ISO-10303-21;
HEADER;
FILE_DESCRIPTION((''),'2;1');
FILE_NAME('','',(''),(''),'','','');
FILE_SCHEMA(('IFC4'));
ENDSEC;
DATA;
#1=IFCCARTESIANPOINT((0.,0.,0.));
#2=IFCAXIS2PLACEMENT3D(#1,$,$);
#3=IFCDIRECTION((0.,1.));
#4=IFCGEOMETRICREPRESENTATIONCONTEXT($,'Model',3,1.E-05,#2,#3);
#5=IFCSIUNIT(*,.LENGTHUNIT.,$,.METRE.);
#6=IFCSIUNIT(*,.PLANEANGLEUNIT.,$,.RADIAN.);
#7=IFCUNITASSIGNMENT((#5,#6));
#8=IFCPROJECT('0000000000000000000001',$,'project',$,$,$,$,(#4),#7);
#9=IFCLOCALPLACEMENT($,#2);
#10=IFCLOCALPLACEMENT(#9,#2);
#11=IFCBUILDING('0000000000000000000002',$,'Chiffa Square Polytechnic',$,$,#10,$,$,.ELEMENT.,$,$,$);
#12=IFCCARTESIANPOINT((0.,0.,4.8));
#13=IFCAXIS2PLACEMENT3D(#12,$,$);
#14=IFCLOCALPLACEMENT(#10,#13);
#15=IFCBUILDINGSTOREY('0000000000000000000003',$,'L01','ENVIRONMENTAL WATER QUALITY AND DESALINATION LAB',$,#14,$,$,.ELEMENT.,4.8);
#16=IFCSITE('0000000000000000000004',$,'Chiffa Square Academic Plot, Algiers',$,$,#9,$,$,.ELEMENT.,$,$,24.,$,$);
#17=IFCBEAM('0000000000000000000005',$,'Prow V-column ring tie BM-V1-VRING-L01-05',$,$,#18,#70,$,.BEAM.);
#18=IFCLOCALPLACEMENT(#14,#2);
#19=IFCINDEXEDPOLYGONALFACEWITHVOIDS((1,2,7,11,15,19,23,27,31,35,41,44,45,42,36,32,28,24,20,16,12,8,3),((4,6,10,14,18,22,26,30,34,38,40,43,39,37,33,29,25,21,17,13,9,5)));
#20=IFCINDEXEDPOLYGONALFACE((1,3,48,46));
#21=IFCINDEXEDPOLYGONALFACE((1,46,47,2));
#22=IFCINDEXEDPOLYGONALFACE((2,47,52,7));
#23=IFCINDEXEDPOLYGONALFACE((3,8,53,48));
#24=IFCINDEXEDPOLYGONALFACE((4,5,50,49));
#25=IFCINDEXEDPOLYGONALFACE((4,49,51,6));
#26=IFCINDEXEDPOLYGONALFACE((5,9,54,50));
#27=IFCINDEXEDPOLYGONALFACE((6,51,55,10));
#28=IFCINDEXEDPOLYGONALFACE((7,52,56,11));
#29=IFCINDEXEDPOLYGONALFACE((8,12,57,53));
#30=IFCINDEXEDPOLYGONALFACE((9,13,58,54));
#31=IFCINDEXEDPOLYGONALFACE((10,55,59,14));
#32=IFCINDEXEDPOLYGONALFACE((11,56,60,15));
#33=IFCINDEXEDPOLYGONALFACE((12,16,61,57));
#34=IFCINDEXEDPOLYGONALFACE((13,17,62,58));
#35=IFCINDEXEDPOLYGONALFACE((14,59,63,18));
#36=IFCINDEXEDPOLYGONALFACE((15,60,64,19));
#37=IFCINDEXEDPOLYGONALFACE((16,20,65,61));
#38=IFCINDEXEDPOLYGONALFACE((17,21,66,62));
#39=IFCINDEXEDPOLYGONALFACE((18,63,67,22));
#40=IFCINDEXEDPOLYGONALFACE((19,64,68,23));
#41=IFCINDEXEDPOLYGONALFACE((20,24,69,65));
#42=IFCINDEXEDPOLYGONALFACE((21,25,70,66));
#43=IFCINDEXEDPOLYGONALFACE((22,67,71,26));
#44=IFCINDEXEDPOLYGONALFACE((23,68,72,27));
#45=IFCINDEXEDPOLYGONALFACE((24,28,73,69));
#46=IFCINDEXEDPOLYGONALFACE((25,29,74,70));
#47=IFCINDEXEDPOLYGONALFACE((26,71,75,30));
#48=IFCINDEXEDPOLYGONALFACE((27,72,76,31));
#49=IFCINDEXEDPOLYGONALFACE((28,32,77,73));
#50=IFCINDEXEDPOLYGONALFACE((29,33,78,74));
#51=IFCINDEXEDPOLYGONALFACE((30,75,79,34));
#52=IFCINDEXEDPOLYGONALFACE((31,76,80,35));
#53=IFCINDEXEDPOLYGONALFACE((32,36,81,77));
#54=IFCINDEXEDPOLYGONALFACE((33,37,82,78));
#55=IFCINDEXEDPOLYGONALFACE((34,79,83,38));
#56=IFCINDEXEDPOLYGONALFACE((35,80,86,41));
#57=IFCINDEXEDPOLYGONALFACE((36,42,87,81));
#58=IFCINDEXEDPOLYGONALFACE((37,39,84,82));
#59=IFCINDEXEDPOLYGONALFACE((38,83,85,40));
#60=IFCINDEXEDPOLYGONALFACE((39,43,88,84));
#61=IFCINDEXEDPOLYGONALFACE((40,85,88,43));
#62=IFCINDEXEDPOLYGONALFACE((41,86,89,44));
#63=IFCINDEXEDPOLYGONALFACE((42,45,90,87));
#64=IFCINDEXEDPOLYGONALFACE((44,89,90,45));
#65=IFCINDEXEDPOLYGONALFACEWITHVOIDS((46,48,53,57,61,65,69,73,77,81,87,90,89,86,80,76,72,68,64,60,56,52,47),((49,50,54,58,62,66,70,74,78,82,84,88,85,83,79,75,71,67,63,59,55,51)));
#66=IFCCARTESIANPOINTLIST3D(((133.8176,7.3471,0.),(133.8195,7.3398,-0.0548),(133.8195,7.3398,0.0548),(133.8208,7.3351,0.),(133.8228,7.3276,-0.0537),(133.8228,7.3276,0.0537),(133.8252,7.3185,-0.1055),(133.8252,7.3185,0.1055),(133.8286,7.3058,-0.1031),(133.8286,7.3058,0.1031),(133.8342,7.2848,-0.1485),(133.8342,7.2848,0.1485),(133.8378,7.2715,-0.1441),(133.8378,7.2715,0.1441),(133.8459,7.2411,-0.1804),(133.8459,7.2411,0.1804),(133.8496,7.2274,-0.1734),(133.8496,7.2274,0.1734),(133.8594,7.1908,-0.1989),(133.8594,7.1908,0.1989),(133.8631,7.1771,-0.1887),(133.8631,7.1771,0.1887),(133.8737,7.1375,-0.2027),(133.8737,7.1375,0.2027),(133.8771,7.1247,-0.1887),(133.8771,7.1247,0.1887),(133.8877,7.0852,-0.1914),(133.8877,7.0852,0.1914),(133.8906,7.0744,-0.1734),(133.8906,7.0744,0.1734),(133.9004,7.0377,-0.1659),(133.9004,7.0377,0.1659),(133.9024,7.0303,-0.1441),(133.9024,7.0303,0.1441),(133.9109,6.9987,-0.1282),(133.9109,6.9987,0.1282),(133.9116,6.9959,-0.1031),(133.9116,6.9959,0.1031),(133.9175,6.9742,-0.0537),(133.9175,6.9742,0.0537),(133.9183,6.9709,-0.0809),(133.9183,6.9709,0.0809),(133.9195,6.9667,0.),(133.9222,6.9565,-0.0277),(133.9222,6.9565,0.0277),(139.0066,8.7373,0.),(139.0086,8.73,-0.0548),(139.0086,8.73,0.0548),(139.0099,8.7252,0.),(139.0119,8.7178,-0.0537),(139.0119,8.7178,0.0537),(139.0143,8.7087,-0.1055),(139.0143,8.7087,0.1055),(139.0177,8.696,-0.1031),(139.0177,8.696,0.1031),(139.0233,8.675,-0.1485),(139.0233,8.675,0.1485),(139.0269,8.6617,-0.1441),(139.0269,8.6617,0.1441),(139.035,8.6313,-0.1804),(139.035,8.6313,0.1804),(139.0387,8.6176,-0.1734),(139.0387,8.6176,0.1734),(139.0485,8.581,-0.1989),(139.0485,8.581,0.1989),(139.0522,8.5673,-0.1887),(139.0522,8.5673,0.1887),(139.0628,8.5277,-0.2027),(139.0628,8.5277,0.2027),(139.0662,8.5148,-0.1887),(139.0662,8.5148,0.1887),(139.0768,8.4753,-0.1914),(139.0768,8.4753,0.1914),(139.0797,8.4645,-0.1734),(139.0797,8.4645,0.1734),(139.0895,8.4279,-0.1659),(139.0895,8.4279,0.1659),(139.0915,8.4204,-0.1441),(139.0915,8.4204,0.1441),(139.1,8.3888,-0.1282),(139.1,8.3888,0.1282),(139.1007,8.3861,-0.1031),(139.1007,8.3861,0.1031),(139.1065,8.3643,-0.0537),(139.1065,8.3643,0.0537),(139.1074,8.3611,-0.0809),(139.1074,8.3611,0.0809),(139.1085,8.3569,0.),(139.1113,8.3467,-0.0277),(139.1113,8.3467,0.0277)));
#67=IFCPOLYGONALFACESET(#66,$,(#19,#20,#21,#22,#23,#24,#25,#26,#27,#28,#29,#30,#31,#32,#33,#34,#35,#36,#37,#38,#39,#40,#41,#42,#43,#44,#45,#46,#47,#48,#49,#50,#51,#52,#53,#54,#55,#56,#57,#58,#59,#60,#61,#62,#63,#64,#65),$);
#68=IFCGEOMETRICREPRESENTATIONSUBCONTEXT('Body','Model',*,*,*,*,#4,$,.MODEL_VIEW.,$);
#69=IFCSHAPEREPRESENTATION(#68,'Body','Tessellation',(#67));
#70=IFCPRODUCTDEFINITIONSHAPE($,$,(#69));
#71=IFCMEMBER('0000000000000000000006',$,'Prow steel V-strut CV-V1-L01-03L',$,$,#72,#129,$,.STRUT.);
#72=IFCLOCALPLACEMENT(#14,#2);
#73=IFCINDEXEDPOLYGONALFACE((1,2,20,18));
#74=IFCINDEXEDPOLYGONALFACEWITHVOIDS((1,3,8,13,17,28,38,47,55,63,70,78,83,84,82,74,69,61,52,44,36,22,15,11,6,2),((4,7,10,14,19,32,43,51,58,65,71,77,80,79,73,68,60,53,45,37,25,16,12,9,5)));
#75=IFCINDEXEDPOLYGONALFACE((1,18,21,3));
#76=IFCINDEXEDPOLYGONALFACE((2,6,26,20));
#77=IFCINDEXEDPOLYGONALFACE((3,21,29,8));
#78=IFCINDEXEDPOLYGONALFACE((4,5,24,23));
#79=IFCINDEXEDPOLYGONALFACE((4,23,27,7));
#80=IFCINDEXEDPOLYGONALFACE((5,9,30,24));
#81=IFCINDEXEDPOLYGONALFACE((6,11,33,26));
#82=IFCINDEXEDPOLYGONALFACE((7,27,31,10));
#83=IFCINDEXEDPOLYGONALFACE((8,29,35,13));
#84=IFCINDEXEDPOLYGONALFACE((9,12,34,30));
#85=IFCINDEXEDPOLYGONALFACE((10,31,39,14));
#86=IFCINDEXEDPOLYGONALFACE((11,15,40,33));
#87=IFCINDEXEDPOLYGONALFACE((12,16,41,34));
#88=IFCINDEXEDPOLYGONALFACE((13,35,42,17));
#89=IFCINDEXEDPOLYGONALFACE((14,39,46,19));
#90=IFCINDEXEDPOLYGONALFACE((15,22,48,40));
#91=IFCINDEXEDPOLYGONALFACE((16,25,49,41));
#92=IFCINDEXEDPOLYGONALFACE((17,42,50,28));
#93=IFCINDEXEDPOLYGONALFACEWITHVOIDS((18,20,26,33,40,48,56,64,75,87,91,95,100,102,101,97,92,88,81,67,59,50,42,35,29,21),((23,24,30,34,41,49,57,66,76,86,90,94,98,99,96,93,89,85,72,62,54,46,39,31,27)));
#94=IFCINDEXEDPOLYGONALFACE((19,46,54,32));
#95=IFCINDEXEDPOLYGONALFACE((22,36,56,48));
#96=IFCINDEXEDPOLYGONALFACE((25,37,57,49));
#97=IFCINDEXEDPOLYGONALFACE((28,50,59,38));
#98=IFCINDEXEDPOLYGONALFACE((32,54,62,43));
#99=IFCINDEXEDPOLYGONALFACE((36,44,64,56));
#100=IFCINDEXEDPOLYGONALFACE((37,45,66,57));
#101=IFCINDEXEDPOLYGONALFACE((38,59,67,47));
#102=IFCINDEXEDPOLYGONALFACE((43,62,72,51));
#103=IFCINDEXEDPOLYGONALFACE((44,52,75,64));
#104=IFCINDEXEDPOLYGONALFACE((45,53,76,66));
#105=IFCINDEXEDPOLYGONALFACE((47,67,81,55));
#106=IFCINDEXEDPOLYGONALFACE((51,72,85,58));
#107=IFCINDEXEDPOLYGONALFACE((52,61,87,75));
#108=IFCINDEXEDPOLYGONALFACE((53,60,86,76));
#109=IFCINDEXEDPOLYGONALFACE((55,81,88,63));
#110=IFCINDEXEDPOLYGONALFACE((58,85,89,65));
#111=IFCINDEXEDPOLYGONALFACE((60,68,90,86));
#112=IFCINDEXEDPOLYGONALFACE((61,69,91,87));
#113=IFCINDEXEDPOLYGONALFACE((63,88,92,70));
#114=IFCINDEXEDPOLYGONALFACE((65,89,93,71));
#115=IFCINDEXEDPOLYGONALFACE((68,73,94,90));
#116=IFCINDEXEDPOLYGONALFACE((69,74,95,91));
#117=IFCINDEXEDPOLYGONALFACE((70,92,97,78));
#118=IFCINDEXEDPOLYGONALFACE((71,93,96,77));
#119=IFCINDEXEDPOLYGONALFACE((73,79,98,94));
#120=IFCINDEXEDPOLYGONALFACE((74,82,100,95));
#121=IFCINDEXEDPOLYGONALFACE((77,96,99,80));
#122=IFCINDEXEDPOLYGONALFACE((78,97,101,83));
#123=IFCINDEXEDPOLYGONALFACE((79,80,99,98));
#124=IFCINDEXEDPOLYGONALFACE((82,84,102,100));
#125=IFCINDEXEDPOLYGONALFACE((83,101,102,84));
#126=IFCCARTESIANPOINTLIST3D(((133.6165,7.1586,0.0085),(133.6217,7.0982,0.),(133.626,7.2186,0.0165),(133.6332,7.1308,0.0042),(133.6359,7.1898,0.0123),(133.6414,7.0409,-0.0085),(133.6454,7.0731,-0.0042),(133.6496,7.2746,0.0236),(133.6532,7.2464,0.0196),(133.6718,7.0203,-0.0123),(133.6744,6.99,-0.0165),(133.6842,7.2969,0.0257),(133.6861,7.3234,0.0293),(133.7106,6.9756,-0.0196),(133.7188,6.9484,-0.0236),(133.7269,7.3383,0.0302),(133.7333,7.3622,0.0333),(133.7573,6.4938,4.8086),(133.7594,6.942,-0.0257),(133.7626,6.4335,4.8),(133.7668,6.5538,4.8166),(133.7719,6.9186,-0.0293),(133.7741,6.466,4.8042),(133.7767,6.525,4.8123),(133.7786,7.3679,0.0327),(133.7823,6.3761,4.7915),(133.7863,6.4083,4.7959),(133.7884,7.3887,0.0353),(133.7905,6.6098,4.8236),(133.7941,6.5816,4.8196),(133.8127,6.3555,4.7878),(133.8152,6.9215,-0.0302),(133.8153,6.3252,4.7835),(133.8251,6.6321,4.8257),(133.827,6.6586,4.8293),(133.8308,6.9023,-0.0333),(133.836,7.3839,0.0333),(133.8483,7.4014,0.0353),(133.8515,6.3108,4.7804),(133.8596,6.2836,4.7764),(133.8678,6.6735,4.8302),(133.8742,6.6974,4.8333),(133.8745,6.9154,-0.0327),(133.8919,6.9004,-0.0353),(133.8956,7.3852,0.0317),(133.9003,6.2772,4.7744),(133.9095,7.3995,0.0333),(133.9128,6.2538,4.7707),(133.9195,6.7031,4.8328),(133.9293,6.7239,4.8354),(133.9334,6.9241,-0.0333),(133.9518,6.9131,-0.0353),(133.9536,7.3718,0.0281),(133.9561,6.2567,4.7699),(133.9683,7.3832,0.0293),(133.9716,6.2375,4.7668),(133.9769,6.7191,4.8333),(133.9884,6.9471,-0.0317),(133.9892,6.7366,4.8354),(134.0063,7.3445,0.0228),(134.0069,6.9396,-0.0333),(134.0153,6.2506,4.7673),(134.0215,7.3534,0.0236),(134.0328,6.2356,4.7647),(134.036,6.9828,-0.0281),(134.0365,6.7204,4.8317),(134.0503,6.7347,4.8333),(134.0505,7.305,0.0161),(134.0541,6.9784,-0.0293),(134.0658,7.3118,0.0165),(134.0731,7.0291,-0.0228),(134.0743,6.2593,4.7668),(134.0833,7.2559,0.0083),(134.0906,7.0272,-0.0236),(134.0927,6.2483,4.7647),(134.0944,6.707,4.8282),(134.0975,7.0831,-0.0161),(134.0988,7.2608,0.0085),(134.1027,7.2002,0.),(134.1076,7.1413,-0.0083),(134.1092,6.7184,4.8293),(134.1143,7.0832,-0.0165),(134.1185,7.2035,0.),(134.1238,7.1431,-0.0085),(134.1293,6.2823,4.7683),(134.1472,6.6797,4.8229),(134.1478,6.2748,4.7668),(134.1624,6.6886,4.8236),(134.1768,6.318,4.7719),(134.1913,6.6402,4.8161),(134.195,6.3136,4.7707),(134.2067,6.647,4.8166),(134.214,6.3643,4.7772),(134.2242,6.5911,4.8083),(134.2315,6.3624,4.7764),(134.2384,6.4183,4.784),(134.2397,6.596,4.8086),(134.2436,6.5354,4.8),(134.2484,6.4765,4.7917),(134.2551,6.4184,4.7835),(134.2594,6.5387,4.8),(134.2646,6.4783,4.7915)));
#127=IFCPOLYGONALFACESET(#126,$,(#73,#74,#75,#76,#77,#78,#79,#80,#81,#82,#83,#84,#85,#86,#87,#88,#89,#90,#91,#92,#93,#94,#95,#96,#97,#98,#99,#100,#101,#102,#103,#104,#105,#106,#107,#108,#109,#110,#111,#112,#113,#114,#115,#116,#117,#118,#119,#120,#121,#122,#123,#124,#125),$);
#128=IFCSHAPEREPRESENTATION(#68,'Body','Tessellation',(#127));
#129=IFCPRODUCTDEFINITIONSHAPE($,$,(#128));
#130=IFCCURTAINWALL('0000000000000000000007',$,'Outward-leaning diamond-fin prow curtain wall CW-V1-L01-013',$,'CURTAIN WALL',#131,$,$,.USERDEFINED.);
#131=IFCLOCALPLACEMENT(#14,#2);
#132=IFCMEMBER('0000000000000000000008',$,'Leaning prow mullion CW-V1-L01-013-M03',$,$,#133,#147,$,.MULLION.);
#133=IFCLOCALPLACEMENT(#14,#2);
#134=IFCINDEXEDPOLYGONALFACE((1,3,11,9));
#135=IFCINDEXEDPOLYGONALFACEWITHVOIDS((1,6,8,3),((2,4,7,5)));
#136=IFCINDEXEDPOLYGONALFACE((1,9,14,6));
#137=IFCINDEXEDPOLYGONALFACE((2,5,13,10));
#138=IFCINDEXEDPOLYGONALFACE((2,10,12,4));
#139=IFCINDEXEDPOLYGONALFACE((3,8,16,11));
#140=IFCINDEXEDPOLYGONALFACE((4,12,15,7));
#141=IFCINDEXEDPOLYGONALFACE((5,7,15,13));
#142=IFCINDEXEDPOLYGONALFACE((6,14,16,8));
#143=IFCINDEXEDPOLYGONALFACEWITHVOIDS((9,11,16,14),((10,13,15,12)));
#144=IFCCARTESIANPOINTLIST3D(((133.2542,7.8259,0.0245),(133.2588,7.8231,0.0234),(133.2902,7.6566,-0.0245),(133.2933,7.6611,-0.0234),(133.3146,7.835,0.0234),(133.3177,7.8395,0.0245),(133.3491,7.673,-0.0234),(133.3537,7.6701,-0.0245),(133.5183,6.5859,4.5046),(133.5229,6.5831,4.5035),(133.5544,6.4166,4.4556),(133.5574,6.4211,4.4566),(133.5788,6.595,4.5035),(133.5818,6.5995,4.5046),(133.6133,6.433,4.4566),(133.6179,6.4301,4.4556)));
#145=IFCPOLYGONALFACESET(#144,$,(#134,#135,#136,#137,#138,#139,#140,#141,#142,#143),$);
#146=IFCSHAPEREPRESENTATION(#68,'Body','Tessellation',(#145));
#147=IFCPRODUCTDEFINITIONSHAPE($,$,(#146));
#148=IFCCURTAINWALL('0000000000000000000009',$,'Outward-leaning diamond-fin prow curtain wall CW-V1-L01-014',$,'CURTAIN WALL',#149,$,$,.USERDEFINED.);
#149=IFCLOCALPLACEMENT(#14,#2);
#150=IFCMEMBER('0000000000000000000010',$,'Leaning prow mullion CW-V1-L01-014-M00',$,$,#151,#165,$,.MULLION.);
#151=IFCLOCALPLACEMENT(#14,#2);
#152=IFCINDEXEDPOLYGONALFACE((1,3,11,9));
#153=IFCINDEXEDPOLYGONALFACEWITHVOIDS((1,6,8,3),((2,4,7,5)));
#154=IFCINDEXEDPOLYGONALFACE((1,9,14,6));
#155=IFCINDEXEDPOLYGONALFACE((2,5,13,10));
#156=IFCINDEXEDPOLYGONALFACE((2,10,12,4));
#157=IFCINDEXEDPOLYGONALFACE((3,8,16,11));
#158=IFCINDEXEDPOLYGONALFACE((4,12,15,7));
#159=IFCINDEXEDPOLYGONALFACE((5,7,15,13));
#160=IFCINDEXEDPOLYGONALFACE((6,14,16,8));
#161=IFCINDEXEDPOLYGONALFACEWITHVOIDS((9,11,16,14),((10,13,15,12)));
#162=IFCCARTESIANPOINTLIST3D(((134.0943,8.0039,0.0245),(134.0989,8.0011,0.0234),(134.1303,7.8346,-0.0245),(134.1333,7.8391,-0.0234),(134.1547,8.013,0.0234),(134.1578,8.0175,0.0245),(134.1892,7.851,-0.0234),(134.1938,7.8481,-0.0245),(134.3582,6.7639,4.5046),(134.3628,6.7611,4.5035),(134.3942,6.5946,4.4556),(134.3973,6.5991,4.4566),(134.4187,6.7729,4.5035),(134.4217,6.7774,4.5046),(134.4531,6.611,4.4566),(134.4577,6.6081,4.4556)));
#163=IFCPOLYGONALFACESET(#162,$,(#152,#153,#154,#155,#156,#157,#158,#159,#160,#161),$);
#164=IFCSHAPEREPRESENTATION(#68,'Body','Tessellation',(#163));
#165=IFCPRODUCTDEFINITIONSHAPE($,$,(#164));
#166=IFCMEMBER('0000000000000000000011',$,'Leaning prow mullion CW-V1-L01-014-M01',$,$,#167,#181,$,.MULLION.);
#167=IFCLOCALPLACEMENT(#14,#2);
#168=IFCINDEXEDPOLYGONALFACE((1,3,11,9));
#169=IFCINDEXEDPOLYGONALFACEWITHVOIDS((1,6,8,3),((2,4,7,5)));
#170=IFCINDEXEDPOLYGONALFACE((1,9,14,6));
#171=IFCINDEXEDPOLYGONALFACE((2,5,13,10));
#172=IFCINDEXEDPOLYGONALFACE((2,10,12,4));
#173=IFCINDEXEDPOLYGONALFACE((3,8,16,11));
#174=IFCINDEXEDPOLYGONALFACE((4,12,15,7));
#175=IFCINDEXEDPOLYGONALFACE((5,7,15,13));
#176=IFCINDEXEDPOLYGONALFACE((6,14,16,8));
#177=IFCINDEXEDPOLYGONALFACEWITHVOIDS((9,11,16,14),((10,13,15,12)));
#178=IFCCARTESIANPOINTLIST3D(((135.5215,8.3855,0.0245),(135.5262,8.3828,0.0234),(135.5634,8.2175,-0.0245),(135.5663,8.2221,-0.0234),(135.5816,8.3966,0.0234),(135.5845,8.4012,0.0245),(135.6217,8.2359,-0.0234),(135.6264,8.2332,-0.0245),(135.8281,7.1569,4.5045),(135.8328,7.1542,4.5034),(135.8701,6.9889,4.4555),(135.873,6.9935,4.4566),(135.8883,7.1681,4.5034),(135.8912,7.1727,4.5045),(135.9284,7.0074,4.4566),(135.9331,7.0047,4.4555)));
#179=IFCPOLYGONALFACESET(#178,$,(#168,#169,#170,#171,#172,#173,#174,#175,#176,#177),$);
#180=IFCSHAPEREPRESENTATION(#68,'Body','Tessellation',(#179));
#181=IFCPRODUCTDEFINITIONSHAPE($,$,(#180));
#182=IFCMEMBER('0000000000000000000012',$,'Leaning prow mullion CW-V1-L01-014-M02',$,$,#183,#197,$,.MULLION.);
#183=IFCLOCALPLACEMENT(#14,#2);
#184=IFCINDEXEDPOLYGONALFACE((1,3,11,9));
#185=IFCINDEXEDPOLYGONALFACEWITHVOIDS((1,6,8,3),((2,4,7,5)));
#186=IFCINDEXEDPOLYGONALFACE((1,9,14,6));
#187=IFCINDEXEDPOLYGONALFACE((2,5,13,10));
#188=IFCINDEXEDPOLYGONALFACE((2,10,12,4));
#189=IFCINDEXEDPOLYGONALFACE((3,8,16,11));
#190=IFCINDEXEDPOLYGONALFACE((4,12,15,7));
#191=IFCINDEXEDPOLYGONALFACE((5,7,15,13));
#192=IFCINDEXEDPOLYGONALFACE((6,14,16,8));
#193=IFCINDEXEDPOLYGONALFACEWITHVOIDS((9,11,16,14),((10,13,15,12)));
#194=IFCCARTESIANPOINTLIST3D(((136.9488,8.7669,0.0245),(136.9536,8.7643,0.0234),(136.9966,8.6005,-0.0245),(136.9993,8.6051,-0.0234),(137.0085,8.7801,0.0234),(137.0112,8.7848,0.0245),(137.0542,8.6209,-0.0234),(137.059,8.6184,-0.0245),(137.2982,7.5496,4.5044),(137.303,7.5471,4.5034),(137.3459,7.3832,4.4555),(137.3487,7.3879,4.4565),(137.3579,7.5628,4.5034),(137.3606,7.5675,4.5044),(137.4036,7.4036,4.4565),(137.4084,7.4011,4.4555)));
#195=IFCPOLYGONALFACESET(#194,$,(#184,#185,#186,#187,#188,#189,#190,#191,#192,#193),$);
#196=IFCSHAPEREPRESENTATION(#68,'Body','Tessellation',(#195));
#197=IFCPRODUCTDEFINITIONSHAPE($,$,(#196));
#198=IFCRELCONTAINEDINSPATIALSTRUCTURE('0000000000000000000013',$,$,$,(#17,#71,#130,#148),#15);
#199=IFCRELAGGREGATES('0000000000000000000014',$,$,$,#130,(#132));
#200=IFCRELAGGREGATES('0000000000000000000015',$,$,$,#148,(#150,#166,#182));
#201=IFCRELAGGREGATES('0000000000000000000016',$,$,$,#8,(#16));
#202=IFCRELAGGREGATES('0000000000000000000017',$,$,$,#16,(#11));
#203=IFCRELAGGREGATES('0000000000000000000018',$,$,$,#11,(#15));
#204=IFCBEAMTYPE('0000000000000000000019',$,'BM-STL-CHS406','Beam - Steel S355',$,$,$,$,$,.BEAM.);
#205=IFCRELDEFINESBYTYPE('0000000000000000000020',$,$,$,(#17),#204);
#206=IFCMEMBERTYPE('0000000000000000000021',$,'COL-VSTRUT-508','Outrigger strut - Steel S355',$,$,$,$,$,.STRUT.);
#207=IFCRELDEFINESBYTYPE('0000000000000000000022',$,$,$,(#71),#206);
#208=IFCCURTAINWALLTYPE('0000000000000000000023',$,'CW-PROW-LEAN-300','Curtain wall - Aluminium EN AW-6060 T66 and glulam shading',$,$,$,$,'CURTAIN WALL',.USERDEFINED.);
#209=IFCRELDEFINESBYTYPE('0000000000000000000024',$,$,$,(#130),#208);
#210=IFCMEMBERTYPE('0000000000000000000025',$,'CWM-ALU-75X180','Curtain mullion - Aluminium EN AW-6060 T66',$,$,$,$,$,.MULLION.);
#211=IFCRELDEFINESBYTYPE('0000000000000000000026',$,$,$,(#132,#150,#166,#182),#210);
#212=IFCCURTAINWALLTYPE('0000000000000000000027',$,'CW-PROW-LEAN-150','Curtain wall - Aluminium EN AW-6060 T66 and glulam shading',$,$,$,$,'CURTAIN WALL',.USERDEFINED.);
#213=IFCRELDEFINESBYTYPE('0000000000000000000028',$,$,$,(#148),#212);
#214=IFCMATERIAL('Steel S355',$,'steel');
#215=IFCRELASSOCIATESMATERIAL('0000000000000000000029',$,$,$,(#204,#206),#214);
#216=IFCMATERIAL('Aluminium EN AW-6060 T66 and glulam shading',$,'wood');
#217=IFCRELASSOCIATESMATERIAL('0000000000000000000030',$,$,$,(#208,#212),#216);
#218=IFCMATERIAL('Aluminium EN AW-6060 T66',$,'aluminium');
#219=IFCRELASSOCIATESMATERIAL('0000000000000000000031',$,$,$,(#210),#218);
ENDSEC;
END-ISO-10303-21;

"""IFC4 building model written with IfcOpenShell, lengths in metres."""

from ifc_helpers import new_model, si_unit, direction, frame, origin, origin_2d, place, context, subcontext, project, spatial, hollow_rectangle, hollow_circle, extrude, material, material_profile, profile_set, type_object, element, aggregate, save


model = new_model("IFC4")

# Units and contexts
model_context = context("Model", 3, precision=1e-05, world=origin(), true_north=direction((0.0, 1.0)))
body_context = subcontext(model_context, "Body", "Model", "MODEL_VIEW")
ifc_project = project(units=[si_unit("LENGTHUNIT", "METRE"), si_unit("PLANEANGLEUNIT", "RADIAN")], contexts=[model_context])

# Site, building, storey
site_placement = place(None, origin())
site = spatial("IfcSite", under=ifc_project, at=site_placement, Name="Chiffa Square Academic Plot, Algiers", CompositionType="ELEMENT", RefElevation=24.0)
building_placement = place(site_placement, origin())
building = spatial("IfcBuilding", under=site, at=building_placement, Name="Chiffa Square Polytechnic", CompositionType="ELEMENT")
storey_placement = place(building_placement, frame((0.0, 0.0, 4.8)))
storey = spatial("IfcBuildingStorey", under=building, at=storey_placement, Name="L01", Description="ENVIRONMENTAL WATER QUALITY AND DESALINATION LAB", CompositionType="ELEMENT", Elevation=4.8)

# Beam
ifc_material_1 = material(Name="Steel S355", Category="steel")
ifc_material_profile_1 = material_profile(ifc_material_1, hollow_circle(Radius=0.2031, WallThickness=0.0125, at=origin_2d()), Name="CHS 406.4x12.5")
ifc_profile_set_1 = profile_set([ifc_material_profile_1], Name="Steel S355")
beam_type = type_object("IfcBeamType", Name="BM-STL-CHS406", Description="Beam - Steel S355", PredefinedType="BEAM", material=ifc_profile_set_1)
beam_placement = place(storey_placement, frame((133.8701, 7.1509, 0.0), z_axis=(0.965937, 0.258777, 0.0), x_axis=(-0.258777, 0.965937, 0.0)))
element("IfcBeam", 1, at=beam_placement, inside=storey, type_object=beam_type, Name="Prow V-column ring tie BM-V1-VRING-L01-05", PredefinedType="BEAM", context=body_context, shape_type="SweptSolid", body=[
    extrude(hollow_circle(Radius=0.2031, WallThickness=0.0125, at=origin_2d()), origin(), (0.0, 0.0, 1.0), 5.3721),
])

# Member
ifc_material_profile_2 = material_profile(ifc_material_1, hollow_circle(Radius=0.2539, WallThickness=0.0161, at=origin_2d()), Name="CHS 508x16")
ifc_profile_set_2 = profile_set([ifc_material_profile_2], Name="Steel S355")
member_type_1 = type_object("IfcMemberType", Name="COL-VSTRUT-508", Description="Outrigger strut - Steel S355", PredefinedType="STRUT", material=ifc_profile_set_2)
member_1_placement = place(storey_placement, frame((133.8701, 7.1509, 0.0), z_axis=(0.029058, -0.13713, 0.990127), x_axis=(0.978278, 0.207296, 0.0)))
element("IfcMember", 2, at=member_1_placement, inside=storey, type_object=member_type_1, Name="Prow steel V-strut CV-V1-L01-03L", PredefinedType="STRUT", context=body_context, shape_type="SweptSolid", body=[
    extrude(hollow_circle(Radius=0.2539, WallThickness=0.0161, at=origin_2d()), origin(), (0.0, 0.0, 1.0), 4.8479),
])

# Curtain wall, member
ifc_material_2 = material(Name="Aluminium EN AW-6060 T66 and glulam shading", Category="wood")
curtain_wall_type_1 = type_object("IfcCurtainWallType", Name="CW-PROW-LEAN-300", Description="Curtain wall - Aluminium EN AW-6060 T66 and glulam shading", ElementType="CURTAIN WALL", PredefinedType="USERDEFINED", material=ifc_material_2)
curtain_wall_1_placement = place(storey_placement, origin())
curtain_wall_1 = element("IfcCurtainWall", 3, at=curtain_wall_1_placement, inside=storey, type_object=curtain_wall_type_1, Name="Outward-leaning diamond-fin prow curtain wall CW-V1-L01-013", ObjectType="CURTAIN WALL", PredefinedType="USERDEFINED")
ifc_material_3 = material(Name="Aluminium EN AW-6060 T66", Category="aluminium")
ifc_material_profile_3 = material_profile(ifc_material_3, hollow_rectangle(XDim=0.0649, YDim=0.1799, WallThickness=0.0039, at=origin_2d()), Name="ALU 65x180x4")
ifc_profile_set_3 = profile_set([ifc_material_profile_3], Name="Aluminium EN AW-6060 T66")
member_type_2 = type_object("IfcMemberType", Name="CWM-ALU-75X180", Description="Curtain mullion - Aluminium EN AW-6060 T66", PredefinedType="MULLION", material=ifc_profile_set_3)
member_2_placement = place(storey_placement, frame((133.304, 7.748, 0.0), z_axis=(0.056736, -0.266326, 0.962212), x_axis=(0.978053, 0.208359, 0.0)))
member_2 = element("IfcMember", 4, at=member_2_placement, type_object=member_type_2, Name="Leaning prow mullion CW-V1-L01-013-M03", PredefinedType="MULLION", context=body_context, shape_type="SweptSolid", body=[
    extrude(hollow_rectangle(XDim=0.0649, YDim=0.1799, WallThickness=0.0039, at=origin_2d()), origin(), (0.0, 0.0, 1.0), 4.656),
])

# Curtain wall, members
curtain_wall_type_2 = type_object("IfcCurtainWallType", Name="CW-PROW-LEAN-150", Description="Curtain wall - Aluminium EN AW-6060 T66 and glulam shading", ElementType="CURTAIN WALL", PredefinedType="USERDEFINED", material=ifc_material_2)
curtain_wall_2_placement = place(storey_placement, origin())
curtain_wall_2 = element("IfcCurtainWall", 5, at=curtain_wall_2_placement, inside=storey, type_object=curtain_wall_type_2, Name="Outward-leaning diamond-fin prow curtain wall CW-V1-L01-014", ObjectType="CURTAIN WALL", PredefinedType="USERDEFINED")
member_3_placement = place(storey_placement, frame((134.144, 7.926, 0.0), z_axis=(0.056684, -0.266326, 0.962215), x_axis=(0.978092, 0.208174, 0.0)))
member_3 = element("IfcMember", 6, at=member_3_placement, type_object=member_type_2, Name="Leaning prow mullion CW-V1-L01-014-M00", PredefinedType="MULLION", context=body_context, shape_type="SweptSolid", body=[
    extrude(hollow_rectangle(XDim=0.0649, YDim=0.1799, WallThickness=0.0039, at=origin_2d()), origin(), (0.0, 0.0, 1.0), 4.656),
])
member_4_placement = place(storey_placement, frame((135.574, 8.3093, 0.0), z_axis=(0.065867, -0.263886, 0.962302), x_axis=(0.970233, 0.242173, 0.0)))
member_4 = element("IfcMember", 7, at=member_4_placement, type_object=member_type_2, Name="Leaning prow mullion CW-V1-L01-014-M01", PredefinedType="MULLION", context=body_context, shape_type="SweptSolid", body=[
    extrude(hollow_rectangle(XDim=0.0649, YDim=0.1799, WallThickness=0.0039, at=origin_2d()), origin(), (0.0, 0.0, 1.0), 4.6555),
])
member_5_placement = place(storey_placement, frame((137.0039, 8.6926, 0.0), z_axis=(0.075043, -0.26147, 0.96229), x_axis=(0.961196, 0.275867, 0.0)))
member_5 = element("IfcMember", 8, at=member_5_placement, type_object=member_type_2, Name="Leaning prow mullion CW-V1-L01-014-M02", PredefinedType="MULLION", context=body_context, shape_type="SweptSolid", body=[
    extrude(hollow_rectangle(XDim=0.0649, YDim=0.1799, WallThickness=0.0039, at=origin_2d()), origin(), (0.0, 0.0, 1.0), 4.6555),
])

aggregate(curtain_wall_1, [member_2])
aggregate(curtain_wall_2, [member_3, member_4, member_5])

save(model, "model.ifc")
